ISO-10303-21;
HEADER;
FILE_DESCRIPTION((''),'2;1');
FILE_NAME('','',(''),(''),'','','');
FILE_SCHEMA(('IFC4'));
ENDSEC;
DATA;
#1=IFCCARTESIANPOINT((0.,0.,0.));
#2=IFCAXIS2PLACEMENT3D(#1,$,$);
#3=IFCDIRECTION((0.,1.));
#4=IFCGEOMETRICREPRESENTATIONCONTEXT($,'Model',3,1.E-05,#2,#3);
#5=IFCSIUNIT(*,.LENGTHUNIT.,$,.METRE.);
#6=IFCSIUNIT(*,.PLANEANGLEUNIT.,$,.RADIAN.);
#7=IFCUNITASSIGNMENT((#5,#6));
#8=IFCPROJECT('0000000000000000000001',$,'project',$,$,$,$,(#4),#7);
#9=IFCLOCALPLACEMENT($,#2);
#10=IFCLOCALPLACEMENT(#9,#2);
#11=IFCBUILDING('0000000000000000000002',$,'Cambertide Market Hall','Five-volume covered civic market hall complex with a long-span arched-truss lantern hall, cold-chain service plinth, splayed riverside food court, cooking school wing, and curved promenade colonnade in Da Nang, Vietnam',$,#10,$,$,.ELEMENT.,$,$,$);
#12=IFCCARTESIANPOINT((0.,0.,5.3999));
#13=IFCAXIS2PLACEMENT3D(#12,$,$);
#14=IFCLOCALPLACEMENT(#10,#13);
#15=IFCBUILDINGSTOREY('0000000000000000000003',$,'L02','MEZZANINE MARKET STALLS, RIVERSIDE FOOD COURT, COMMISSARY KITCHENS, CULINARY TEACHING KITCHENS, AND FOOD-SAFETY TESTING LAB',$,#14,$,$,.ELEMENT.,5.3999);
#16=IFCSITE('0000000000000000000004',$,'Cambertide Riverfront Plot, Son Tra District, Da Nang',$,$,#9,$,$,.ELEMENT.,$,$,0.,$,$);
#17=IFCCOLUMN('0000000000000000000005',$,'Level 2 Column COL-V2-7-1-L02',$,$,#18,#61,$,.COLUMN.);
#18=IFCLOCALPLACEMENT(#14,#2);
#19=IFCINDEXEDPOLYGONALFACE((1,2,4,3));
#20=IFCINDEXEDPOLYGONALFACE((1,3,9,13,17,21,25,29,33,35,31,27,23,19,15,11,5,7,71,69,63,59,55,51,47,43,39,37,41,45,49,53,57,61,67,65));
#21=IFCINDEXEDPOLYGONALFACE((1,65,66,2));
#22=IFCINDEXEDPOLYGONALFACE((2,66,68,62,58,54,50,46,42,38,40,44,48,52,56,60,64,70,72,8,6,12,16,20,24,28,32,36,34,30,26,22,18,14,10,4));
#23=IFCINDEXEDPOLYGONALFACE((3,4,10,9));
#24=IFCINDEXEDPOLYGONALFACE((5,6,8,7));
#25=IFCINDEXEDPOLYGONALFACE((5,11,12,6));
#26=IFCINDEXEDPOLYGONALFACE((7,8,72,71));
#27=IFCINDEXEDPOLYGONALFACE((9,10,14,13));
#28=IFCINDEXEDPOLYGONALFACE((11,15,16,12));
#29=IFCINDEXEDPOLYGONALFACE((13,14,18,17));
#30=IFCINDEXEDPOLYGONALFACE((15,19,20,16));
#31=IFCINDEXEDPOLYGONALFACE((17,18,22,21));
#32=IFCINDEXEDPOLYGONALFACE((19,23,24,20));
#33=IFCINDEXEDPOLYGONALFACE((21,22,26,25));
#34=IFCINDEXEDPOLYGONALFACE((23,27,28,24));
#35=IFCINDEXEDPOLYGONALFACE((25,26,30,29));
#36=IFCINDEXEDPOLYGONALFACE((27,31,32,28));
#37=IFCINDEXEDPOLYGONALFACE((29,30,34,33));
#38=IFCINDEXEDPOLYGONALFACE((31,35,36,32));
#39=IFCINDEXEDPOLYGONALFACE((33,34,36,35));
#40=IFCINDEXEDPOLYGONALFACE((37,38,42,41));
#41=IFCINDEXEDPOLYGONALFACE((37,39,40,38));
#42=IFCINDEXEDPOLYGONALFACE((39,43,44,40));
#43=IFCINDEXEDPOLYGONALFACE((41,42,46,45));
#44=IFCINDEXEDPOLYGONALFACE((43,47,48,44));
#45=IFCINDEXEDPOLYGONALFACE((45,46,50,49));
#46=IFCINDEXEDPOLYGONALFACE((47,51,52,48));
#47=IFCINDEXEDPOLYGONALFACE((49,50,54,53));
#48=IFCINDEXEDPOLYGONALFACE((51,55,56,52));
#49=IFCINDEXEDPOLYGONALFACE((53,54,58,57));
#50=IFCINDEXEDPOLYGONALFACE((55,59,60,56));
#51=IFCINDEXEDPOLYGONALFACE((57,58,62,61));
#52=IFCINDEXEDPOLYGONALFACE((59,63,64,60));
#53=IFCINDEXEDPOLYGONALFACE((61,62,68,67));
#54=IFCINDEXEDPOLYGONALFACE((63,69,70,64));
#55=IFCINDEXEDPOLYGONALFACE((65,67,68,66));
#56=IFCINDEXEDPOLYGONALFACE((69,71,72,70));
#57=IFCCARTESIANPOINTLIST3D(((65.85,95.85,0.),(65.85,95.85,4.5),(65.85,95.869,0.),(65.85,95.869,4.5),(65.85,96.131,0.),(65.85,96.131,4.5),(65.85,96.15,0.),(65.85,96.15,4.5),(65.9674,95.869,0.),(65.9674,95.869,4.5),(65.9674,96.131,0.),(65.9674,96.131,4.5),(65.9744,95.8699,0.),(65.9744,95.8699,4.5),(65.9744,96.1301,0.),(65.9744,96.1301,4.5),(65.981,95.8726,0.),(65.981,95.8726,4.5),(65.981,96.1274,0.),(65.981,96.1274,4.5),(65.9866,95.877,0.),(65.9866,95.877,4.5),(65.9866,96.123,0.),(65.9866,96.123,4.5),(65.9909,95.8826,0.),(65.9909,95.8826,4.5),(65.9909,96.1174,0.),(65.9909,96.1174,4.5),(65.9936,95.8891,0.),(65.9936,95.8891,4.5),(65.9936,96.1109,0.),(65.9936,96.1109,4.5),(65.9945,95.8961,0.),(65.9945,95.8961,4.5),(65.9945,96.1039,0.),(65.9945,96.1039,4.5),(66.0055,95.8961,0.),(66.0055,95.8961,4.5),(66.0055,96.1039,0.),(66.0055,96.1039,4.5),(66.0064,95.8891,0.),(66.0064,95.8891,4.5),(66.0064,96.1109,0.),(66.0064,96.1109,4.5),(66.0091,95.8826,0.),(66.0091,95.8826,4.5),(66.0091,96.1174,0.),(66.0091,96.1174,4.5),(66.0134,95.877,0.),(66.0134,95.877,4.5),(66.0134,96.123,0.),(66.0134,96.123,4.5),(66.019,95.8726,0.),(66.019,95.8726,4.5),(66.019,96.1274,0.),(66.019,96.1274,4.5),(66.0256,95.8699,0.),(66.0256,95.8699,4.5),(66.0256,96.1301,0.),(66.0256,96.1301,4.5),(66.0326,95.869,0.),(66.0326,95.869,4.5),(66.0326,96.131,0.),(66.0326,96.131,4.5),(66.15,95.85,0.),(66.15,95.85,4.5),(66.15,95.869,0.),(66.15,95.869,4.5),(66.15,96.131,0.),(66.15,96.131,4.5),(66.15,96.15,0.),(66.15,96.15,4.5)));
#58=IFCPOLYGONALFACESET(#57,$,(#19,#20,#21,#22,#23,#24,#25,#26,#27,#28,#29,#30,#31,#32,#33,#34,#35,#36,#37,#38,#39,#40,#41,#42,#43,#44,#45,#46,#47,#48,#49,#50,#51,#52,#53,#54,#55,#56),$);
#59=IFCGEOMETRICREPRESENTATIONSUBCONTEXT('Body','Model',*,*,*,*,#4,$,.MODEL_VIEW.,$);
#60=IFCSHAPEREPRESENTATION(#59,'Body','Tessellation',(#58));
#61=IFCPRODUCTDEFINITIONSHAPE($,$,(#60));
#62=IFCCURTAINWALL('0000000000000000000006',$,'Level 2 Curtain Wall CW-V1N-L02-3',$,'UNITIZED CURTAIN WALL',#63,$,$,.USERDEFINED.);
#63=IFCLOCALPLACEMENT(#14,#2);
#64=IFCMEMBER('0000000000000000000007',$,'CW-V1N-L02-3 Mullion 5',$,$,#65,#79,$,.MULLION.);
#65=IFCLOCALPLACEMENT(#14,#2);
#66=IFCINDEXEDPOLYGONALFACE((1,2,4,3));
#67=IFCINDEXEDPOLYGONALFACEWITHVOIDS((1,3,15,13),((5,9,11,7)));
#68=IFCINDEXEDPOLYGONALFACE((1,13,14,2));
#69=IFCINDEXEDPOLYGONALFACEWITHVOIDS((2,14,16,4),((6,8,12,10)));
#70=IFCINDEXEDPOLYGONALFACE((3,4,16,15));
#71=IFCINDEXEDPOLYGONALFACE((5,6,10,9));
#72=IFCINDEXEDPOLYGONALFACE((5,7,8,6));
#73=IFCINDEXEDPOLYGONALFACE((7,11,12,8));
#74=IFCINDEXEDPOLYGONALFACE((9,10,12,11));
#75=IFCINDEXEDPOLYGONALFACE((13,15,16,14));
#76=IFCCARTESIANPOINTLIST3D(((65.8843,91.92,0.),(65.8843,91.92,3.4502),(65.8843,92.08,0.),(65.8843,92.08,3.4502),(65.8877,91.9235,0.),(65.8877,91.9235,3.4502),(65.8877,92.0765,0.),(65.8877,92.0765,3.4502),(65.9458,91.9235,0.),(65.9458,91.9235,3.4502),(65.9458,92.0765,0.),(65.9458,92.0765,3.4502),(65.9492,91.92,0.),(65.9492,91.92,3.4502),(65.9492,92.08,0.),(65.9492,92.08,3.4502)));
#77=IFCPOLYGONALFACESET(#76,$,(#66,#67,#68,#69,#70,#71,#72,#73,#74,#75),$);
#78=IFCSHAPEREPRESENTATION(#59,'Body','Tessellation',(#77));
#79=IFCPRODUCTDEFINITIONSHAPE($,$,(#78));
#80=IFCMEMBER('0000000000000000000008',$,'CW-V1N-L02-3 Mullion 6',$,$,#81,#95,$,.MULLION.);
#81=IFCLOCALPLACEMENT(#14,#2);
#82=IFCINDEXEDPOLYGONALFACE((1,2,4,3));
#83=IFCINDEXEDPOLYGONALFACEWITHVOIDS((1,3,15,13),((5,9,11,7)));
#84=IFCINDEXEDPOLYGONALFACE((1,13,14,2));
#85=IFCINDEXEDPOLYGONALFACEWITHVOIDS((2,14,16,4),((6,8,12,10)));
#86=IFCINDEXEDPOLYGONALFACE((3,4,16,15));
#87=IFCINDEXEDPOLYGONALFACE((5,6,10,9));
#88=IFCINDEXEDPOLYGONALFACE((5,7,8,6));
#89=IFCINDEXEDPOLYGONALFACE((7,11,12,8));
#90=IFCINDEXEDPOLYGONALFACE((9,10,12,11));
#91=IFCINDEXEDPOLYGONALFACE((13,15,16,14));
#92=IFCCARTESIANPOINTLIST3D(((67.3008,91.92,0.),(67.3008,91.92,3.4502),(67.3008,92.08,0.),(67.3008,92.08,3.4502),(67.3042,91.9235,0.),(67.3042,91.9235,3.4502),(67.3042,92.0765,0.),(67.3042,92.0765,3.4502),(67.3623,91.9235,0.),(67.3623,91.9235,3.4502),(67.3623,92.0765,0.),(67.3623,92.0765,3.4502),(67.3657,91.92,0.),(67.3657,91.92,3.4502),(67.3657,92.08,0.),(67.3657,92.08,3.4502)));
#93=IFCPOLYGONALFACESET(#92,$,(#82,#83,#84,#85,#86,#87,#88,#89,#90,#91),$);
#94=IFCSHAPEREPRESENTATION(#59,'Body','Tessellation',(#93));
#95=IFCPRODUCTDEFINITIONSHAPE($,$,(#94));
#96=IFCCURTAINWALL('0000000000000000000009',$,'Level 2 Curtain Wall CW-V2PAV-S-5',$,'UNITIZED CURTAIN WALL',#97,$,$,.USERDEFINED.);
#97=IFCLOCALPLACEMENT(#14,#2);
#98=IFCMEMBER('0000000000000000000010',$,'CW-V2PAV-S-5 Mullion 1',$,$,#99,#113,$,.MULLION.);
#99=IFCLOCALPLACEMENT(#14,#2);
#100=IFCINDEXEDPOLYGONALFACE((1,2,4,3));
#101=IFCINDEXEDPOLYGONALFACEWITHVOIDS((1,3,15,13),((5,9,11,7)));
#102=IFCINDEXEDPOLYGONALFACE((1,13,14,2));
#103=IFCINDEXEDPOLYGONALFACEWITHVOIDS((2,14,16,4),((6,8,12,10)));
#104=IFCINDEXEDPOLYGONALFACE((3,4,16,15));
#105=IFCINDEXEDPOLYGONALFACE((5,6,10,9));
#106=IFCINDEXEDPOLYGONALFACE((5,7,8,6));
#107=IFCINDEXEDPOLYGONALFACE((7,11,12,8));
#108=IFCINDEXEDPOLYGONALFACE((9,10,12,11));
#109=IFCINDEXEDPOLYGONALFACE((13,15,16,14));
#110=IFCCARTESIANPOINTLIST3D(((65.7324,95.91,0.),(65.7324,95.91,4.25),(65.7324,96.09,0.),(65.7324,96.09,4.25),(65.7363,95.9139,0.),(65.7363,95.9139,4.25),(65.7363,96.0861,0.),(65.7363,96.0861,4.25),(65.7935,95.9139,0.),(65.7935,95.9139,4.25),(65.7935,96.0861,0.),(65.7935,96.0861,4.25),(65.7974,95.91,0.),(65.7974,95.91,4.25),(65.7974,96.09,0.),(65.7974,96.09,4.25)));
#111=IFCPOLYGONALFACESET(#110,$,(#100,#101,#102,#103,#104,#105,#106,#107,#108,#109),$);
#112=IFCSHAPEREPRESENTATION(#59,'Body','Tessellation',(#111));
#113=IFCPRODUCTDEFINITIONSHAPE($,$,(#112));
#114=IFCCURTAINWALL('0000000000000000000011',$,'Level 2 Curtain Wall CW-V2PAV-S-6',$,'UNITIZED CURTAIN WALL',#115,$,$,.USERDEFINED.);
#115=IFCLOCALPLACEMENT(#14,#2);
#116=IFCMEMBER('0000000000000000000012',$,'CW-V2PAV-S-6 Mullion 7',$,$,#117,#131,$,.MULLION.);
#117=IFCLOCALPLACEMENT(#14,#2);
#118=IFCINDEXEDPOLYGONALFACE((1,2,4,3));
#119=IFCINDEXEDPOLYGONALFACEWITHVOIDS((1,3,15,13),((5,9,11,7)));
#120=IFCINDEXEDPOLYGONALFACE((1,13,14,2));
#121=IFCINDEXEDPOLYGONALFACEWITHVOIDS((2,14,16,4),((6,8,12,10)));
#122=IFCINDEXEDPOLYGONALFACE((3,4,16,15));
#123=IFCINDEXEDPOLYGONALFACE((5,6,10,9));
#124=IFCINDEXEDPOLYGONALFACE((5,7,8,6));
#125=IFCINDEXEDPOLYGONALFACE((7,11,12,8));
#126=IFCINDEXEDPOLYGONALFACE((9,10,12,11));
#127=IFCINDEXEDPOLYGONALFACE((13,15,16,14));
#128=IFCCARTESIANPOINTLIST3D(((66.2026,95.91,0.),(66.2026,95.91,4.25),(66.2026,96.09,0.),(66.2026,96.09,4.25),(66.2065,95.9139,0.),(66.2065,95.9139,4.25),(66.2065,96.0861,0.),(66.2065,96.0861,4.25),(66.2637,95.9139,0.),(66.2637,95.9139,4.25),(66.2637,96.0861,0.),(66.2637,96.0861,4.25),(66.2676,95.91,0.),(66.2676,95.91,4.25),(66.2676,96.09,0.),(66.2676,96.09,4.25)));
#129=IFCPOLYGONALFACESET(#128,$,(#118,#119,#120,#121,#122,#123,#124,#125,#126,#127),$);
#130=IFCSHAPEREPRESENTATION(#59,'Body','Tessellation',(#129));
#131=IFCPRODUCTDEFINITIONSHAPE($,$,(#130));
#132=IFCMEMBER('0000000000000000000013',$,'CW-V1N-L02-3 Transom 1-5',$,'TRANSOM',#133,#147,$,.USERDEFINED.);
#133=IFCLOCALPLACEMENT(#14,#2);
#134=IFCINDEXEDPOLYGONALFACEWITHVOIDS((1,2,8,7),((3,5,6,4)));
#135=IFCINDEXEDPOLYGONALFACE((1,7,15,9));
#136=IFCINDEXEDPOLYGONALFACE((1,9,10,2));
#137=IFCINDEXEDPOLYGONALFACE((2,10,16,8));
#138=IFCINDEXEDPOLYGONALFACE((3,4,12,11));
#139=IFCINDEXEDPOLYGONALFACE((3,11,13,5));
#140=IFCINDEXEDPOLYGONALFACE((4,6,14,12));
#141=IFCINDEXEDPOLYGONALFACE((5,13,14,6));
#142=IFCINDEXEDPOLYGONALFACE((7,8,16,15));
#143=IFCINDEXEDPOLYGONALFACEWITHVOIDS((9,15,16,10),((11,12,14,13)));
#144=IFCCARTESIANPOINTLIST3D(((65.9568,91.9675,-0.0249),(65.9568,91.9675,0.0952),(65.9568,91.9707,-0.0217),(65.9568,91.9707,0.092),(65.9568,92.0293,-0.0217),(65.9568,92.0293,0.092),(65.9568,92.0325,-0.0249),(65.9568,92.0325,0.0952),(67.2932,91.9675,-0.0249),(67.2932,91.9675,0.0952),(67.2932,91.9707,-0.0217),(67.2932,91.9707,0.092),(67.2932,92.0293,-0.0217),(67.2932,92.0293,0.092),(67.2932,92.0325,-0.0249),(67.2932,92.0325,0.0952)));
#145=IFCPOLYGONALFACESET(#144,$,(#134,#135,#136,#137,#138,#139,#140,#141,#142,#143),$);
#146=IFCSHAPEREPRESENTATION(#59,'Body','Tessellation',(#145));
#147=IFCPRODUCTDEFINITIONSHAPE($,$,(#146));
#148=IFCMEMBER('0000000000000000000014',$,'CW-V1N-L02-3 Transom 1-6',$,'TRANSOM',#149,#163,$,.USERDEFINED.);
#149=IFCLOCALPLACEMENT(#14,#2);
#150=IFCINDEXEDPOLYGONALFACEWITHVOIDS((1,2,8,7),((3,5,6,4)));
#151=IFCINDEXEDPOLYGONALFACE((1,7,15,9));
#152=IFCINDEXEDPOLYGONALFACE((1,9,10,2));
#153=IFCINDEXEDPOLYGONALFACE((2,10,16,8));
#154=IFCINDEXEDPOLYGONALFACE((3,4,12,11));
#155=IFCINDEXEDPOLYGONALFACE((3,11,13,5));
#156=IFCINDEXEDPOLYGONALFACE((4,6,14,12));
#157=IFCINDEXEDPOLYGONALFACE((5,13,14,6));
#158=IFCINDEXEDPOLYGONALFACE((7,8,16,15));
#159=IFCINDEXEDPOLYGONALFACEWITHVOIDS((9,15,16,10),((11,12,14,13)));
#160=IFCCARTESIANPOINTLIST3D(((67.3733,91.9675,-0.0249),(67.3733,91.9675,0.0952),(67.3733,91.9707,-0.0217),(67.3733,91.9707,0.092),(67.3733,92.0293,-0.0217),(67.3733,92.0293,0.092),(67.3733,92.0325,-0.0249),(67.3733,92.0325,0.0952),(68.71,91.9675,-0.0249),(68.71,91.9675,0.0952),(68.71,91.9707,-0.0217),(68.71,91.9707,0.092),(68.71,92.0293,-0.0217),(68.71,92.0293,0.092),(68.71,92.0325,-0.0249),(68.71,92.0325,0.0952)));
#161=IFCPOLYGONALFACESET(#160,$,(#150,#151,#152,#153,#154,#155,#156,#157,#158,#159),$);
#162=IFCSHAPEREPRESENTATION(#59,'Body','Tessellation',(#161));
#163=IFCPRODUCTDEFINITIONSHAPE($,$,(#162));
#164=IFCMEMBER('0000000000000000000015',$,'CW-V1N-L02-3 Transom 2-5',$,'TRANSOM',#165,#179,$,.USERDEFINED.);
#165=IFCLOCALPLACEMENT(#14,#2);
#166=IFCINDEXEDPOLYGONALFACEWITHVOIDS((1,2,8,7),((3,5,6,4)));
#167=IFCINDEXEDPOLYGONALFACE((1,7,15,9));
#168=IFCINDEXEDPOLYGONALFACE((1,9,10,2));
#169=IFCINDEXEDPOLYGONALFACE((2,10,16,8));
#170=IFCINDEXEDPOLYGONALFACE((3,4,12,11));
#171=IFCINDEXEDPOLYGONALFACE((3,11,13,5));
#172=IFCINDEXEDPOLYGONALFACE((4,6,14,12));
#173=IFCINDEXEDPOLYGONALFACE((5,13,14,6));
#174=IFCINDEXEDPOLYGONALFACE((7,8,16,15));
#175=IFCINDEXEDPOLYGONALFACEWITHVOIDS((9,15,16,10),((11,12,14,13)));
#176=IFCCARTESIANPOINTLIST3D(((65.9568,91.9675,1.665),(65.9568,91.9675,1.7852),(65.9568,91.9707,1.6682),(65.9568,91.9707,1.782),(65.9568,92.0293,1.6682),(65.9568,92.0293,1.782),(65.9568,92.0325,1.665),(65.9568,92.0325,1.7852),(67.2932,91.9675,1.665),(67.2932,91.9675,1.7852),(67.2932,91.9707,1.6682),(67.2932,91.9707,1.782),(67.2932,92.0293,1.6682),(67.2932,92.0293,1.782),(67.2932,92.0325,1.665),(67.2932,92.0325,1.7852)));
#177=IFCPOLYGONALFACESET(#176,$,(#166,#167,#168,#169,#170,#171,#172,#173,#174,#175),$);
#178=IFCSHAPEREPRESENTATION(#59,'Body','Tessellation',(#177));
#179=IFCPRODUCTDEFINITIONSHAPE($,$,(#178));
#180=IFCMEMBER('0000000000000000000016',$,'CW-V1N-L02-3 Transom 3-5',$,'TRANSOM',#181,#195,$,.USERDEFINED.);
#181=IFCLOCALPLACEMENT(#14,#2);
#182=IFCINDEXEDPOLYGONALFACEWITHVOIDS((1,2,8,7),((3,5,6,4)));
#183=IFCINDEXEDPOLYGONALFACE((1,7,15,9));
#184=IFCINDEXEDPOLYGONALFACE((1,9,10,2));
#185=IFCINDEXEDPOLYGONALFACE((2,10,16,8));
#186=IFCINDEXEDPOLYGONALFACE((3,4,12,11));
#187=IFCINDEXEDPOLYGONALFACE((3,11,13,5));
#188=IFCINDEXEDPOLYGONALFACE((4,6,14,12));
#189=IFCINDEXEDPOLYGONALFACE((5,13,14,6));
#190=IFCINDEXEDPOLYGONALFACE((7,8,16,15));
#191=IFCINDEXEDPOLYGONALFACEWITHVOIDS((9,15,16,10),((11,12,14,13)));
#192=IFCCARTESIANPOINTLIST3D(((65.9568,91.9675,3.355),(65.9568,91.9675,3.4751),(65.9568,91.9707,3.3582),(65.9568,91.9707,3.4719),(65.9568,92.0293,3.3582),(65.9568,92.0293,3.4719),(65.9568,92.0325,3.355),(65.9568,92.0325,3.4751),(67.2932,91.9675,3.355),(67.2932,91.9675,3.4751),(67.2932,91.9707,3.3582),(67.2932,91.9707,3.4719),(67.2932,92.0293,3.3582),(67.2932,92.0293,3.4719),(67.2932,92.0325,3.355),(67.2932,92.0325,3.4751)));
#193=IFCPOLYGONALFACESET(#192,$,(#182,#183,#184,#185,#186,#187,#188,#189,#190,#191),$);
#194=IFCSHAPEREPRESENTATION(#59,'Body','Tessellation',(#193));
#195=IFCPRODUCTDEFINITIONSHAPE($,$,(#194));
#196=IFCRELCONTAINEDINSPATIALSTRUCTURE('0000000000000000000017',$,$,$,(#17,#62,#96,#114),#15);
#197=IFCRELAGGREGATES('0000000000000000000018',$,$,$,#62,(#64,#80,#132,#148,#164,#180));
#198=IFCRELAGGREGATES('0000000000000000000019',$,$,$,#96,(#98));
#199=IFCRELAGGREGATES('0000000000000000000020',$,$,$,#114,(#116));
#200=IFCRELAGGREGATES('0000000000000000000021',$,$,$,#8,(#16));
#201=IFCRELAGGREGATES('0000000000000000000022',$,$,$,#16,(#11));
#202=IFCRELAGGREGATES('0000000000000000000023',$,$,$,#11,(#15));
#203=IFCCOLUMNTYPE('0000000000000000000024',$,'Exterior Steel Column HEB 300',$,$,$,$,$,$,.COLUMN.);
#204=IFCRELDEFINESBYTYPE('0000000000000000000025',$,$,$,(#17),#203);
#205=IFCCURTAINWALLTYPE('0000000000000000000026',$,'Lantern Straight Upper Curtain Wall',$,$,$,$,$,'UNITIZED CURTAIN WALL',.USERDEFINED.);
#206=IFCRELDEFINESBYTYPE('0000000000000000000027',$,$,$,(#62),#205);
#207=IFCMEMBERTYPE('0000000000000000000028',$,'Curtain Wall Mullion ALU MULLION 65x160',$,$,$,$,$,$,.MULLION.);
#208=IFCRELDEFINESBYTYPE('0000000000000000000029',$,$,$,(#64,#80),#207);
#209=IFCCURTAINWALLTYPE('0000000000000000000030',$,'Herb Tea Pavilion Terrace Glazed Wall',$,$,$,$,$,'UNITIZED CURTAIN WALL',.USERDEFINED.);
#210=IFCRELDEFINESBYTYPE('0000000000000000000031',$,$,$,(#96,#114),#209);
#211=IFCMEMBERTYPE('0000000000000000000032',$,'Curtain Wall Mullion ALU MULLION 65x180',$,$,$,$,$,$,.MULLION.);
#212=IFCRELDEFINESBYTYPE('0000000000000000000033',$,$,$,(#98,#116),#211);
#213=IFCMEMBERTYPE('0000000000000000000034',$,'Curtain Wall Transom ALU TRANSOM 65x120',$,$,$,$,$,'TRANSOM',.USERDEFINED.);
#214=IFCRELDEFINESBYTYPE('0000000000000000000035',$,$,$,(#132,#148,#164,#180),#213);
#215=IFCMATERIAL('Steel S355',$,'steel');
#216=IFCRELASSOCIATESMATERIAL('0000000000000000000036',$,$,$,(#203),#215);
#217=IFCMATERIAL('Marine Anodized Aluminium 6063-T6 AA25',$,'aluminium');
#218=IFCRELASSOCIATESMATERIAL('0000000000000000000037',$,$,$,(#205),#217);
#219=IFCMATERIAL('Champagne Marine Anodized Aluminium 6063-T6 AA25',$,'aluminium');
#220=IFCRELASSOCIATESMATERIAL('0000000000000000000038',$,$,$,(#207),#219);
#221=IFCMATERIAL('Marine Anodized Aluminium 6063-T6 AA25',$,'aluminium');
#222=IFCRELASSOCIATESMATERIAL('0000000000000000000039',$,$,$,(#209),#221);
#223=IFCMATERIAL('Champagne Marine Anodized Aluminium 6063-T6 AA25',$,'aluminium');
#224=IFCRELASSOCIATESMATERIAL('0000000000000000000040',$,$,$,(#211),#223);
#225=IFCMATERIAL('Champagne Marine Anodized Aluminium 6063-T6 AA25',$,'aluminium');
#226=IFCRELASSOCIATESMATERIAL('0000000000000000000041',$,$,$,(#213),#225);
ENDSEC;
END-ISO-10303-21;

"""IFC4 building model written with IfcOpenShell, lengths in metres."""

from ifc_helpers import new_model, si_unit, direction, frame, origin, origin_2d, place, context, subcontext, project, spatial, hollow_rectangle, i_section, extrude, material, material_profile, profile_set, type_object, element, aggregate, save


model = new_model("IFC4")

# Units and contexts
model_context = context("Model", 3, precision=1e-05, world=origin(), true_north=direction((0.0, 1.0)))
body_context = subcontext(model_context, "Body", "Model", "MODEL_VIEW")
ifc_project = project(units=[si_unit("LENGTHUNIT", "METRE"), si_unit("PLANEANGLEUNIT", "RADIAN")], contexts=[model_context])

# Site, building, storey
site_placement = place(None, origin())
site = spatial("IfcSite", under=ifc_project, at=site_placement, Name="Cambertide Riverfront Plot, Son Tra District, Da Nang", CompositionType="ELEMENT", RefElevation=0.0)
building_placement = place(site_placement, origin())
building = spatial("IfcBuilding", under=site, at=building_placement, Name="Cambertide Market Hall", Description="Five-volume covered civic market hall complex with a long-span arched-truss lantern hall, cold-chain service plinth, splayed riverside food court, cooking school wing, and curved promenade colonnade in Da Nang, Vietnam", CompositionType="ELEMENT")
storey_placement = place(building_placement, frame((0.0, 0.0, 5.3999)))
storey = spatial("IfcBuildingStorey", under=building, at=storey_placement, Name="L02", Description="MEZZANINE MARKET STALLS, RIVERSIDE FOOD COURT, COMMISSARY KITCHENS, CULINARY TEACHING KITCHENS, AND FOOD-SAFETY TESTING LAB", CompositionType="ELEMENT", Elevation=5.3999)

# Column
ifc_material_1 = material(Name="Steel S355", Category="steel")
ifc_material_profile_1 = material_profile(ifc_material_1, i_section(OverallWidth=0.3, OverallDepth=0.3, WebThickness=0.011, FlangeThickness=0.019, FilletRadius=0.0271, at=origin_2d()), Name="HEB 300")
ifc_profile_set_1 = profile_set([ifc_material_profile_1], Name="Steel S355")
column_type = type_object("IfcColumnType", Name="Exterior Steel Column HEB 300", PredefinedType="COLUMN", material=ifc_profile_set_1)
column_placement = place(storey_placement, frame((66.0, 96.0, 0.0), z_axis=(0.0, 0.0, 1.0), x_axis=(1.0, 0.0, 0.0)))
element("IfcColumn", 1, at=column_placement, inside=storey, type_object=column_type, Name="Level 2 Column COL-V2-7-1-L02", PredefinedType="COLUMN", context=body_context, shape_type="SweptSolid", body=[
    extrude(i_section(OverallWidth=0.3, OverallDepth=0.3, WebThickness=0.011, FlangeThickness=0.019, FilletRadius=0.0271, at=origin_2d()), origin(), (0.0, 0.0, 1.0), 4.5),
])

# Curtain wall, members
ifc_material_2 = material(Name="Marine Anodized Aluminium 6063-T6 AA25", Category="aluminium")
curtain_wall_type_1 = type_object("IfcCurtainWallType", Name="Lantern Straight Upper Curtain Wall", ElementType="UNITIZED CURTAIN WALL", PredefinedType="USERDEFINED", material=ifc_material_2)
curtain_wall_1_placement = place(storey_placement, origin())
curtain_wall_1 = element("IfcCurtainWall", 2, at=curtain_wall_1_placement, inside=storey, type_object=curtain_wall_type_1, Name="Level 2 Curtain Wall CW-V1N-L02-3", ObjectType="UNITIZED CURTAIN WALL", PredefinedType="USERDEFINED")
ifc_material_3 = material(Name="Champagne Marine Anodized Aluminium 6063-T6 AA25", Category="aluminium")
ifc_material_profile_2 = material_profile(ifc_material_3, hollow_rectangle(XDim=0.0649, YDim=0.1599, WallThickness=0.0034, at=origin_2d()), Name="ALU MULLION 65x160")
ifc_profile_set_2 = profile_set([ifc_material_profile_2], Name="Champagne Marine Anodized Aluminium 6063-T6 AA25")
member_type_1 = type_object("IfcMemberType", Name="Curtain Wall Mullion ALU MULLION 65x160", PredefinedType="MULLION", material=ifc_profile_set_2)
member_1_placement = place(storey_placement, frame((65.9167, 92.0, 0.0), z_axis=(0.0, 0.0, 1.0), x_axis=(1.0, 0.0, 0.0)))
member_1 = element("IfcMember", 3, at=member_1_placement, type_object=member_type_1, Name="CW-V1N-L02-3 Mullion 5", PredefinedType="MULLION", context=body_context, shape_type="SweptSolid", body=[
    extrude(hollow_rectangle(XDim=0.0649, YDim=0.1599, WallThickness=0.0034, at=origin_2d()), origin(), (0.0, 0.0, 1.0), 3.4502),
])
member_2_placement = place(storey_placement, frame((67.3333, 92.0, 0.0), z_axis=(0.0, 0.0, 1.0), x_axis=(1.0, 0.0, 0.0)))
member_2 = element("IfcMember", 4, at=member_2_placement, type_object=member_type_1, Name="CW-V1N-L02-3 Mullion 6", PredefinedType="MULLION", context=body_context, shape_type="SweptSolid", body=[
    extrude(hollow_rectangle(XDim=0.0649, YDim=0.1599, WallThickness=0.0034, at=origin_2d()), origin(), (0.0, 0.0, 1.0), 3.4502),
])

# Curtain walls, members
ifc_material_4 = material(Name="Marine Anodized Aluminium 6063-T6 AA25", Category="aluminium")
curtain_wall_type_2 = type_object("IfcCurtainWallType", Name="Herb Tea Pavilion Terrace Glazed Wall", ElementType="UNITIZED CURTAIN WALL", PredefinedType="USERDEFINED", material=ifc_material_4)
curtain_wall_2_placement = place(storey_placement, origin())
curtain_wall_2 = element("IfcCurtainWall", 5, at=curtain_wall_2_placement, inside=storey, type_object=curtain_wall_type_2, Name="Level 2 Curtain Wall CW-V2PAV-S-5", ObjectType="UNITIZED CURTAIN WALL", PredefinedType="USERDEFINED")
ifc_material_5 = material(Name="Champagne Marine Anodized Aluminium 6063-T6 AA25", Category="aluminium")
ifc_material_profile_3 = material_profile(ifc_material_5, hollow_rectangle(XDim=0.0649, YDim=0.1799, WallThickness=0.0039, at=origin_2d()), Name="ALU MULLION 65x180")
ifc_profile_set_3 = profile_set([ifc_material_profile_3], Name="Champagne Marine Anodized Aluminium 6063-T6 AA25")
member_type_2 = type_object("IfcMemberType", Name="Curtain Wall Mullion ALU MULLION 65x180", PredefinedType="MULLION", material=ifc_profile_set_3)
member_3_placement = place(storey_placement, frame((65.7649, 96.0, 0.0), z_axis=(0.0, 0.0, 1.0), x_axis=(-1.0, 0.0, 0.0)))
member_3 = element("IfcMember", 6, at=member_3_placement, type_object=member_type_2, Name="CW-V2PAV-S-5 Mullion 1", PredefinedType="MULLION", context=body_context, shape_type="SweptSolid", body=[
    extrude(hollow_rectangle(XDim=0.0649, YDim=0.1799, WallThickness=0.0039, at=origin_2d()), origin(), (0.0, 0.0, 1.0), 4.25),
])
curtain_wall_3_placement = place(storey_placement, origin())
curtain_wall_3 = element("IfcCurtainWall", 7, at=curtain_wall_3_placement, inside=storey, type_object=curtain_wall_type_2, Name="Level 2 Curtain Wall CW-V2PAV-S-6", ObjectType="UNITIZED CURTAIN WALL", PredefinedType="USERDEFINED")
member_4_placement = place(storey_placement, frame((66.2351, 96.0, 0.0), z_axis=(0.0, 0.0, 1.0), x_axis=(-1.0, 0.0, 0.0)))
member_4 = element("IfcMember", 8, at=member_4_placement, type_object=member_type_2, Name="CW-V2PAV-S-6 Mullion 7", PredefinedType="MULLION", context=body_context, shape_type="SweptSolid", body=[
    extrude(hollow_rectangle(XDim=0.0649, YDim=0.1799, WallThickness=0.0039, at=origin_2d()), origin(), (0.0, 0.0, 1.0), 4.25),
])

# Members
ifc_material_6 = material(Name="Champagne Marine Anodized Aluminium 6063-T6 AA25", Category="aluminium")
ifc_material_profile_4 = material_profile(ifc_material_6, hollow_rectangle(XDim=0.0649, YDim=0.1201, WallThickness=0.0032, at=origin_2d()), Name="ALU TRANSOM 65x120")
ifc_profile_set_4 = profile_set([ifc_material_profile_4], Name="Champagne Marine Anodized Aluminium 6063-T6 AA25")
member_type_3 = type_object("IfcMemberType", Name="Curtain Wall Transom ALU TRANSOM 65x120", ElementType="TRANSOM", PredefinedType="USERDEFINED", material=ifc_profile_set_4)
member_5_placement = place(storey_placement, frame((65.9568, 92.0, 0.0352), z_axis=(1.0, 0.0, 0.0), x_axis=(0.0, 1.0, 0.0)))
member_5 = element("IfcMember", 9, at=member_5_placement, type_object=member_type_3, Name="CW-V1N-L02-3 Transom 1-5", ObjectType="TRANSOM", PredefinedType="USERDEFINED", context=body_context, shape_type="SweptSolid", body=[
    extrude(hollow_rectangle(XDim=0.0649, YDim=0.1201, WallThickness=0.0032, at=origin_2d()), origin(), (0.0, 0.0, 1.0), 1.3364),
])
member_6_placement = place(storey_placement, frame((67.3733, 92.0, 0.0352), z_axis=(1.0, 0.0, 0.0), x_axis=(0.0, 1.0, 0.0)))
member_6 = element("IfcMember", 10, at=member_6_placement, type_object=member_type_3, Name="CW-V1N-L02-3 Transom 1-6", ObjectType="TRANSOM", PredefinedType="USERDEFINED", context=body_context, shape_type="SweptSolid", body=[
    extrude(hollow_rectangle(XDim=0.0649, YDim=0.1201, WallThickness=0.0032, at=origin_2d()), origin(), (0.0, 0.0, 1.0), 1.3367),
])
member_7_placement = place(storey_placement, frame((65.9568, 92.0, 1.7251), z_axis=(1.0, 0.0, 0.0), x_axis=(0.0, 1.0, 0.0)))
member_7 = element("IfcMember", 11, at=member_7_placement, type_object=member_type_3, Name="CW-V1N-L02-3 Transom 2-5", ObjectType="TRANSOM", PredefinedType="USERDEFINED", context=body_context, shape_type="SweptSolid", body=[
    extrude(hollow_rectangle(XDim=0.0649, YDim=0.1201, WallThickness=0.0032, at=origin_2d()), origin(), (0.0, 0.0, 1.0), 1.3364),
])
member_8_placement = place(storey_placement, frame((65.9568, 92.0, 3.415), z_axis=(1.0, 0.0, 0.0), x_axis=(0.0, 1.0, 0.0)))
member_8 = element("IfcMember", 12, at=member_8_placement, type_object=member_type_3, Name="CW-V1N-L02-3 Transom 3-5", ObjectType="TRANSOM", PredefinedType="USERDEFINED", context=body_context, shape_type="SweptSolid", body=[
    extrude(hollow_rectangle(XDim=0.0649, YDim=0.1201, WallThickness=0.0032, at=origin_2d()), origin(), (0.0, 0.0, 1.0), 1.3364),
])

aggregate(curtain_wall_1, [member_1, member_2, member_5, member_6, member_7, member_8])
aggregate(curtain_wall_2, [member_3])
aggregate(curtain_wall_3, [member_4])

save(model, "model.ifc")
